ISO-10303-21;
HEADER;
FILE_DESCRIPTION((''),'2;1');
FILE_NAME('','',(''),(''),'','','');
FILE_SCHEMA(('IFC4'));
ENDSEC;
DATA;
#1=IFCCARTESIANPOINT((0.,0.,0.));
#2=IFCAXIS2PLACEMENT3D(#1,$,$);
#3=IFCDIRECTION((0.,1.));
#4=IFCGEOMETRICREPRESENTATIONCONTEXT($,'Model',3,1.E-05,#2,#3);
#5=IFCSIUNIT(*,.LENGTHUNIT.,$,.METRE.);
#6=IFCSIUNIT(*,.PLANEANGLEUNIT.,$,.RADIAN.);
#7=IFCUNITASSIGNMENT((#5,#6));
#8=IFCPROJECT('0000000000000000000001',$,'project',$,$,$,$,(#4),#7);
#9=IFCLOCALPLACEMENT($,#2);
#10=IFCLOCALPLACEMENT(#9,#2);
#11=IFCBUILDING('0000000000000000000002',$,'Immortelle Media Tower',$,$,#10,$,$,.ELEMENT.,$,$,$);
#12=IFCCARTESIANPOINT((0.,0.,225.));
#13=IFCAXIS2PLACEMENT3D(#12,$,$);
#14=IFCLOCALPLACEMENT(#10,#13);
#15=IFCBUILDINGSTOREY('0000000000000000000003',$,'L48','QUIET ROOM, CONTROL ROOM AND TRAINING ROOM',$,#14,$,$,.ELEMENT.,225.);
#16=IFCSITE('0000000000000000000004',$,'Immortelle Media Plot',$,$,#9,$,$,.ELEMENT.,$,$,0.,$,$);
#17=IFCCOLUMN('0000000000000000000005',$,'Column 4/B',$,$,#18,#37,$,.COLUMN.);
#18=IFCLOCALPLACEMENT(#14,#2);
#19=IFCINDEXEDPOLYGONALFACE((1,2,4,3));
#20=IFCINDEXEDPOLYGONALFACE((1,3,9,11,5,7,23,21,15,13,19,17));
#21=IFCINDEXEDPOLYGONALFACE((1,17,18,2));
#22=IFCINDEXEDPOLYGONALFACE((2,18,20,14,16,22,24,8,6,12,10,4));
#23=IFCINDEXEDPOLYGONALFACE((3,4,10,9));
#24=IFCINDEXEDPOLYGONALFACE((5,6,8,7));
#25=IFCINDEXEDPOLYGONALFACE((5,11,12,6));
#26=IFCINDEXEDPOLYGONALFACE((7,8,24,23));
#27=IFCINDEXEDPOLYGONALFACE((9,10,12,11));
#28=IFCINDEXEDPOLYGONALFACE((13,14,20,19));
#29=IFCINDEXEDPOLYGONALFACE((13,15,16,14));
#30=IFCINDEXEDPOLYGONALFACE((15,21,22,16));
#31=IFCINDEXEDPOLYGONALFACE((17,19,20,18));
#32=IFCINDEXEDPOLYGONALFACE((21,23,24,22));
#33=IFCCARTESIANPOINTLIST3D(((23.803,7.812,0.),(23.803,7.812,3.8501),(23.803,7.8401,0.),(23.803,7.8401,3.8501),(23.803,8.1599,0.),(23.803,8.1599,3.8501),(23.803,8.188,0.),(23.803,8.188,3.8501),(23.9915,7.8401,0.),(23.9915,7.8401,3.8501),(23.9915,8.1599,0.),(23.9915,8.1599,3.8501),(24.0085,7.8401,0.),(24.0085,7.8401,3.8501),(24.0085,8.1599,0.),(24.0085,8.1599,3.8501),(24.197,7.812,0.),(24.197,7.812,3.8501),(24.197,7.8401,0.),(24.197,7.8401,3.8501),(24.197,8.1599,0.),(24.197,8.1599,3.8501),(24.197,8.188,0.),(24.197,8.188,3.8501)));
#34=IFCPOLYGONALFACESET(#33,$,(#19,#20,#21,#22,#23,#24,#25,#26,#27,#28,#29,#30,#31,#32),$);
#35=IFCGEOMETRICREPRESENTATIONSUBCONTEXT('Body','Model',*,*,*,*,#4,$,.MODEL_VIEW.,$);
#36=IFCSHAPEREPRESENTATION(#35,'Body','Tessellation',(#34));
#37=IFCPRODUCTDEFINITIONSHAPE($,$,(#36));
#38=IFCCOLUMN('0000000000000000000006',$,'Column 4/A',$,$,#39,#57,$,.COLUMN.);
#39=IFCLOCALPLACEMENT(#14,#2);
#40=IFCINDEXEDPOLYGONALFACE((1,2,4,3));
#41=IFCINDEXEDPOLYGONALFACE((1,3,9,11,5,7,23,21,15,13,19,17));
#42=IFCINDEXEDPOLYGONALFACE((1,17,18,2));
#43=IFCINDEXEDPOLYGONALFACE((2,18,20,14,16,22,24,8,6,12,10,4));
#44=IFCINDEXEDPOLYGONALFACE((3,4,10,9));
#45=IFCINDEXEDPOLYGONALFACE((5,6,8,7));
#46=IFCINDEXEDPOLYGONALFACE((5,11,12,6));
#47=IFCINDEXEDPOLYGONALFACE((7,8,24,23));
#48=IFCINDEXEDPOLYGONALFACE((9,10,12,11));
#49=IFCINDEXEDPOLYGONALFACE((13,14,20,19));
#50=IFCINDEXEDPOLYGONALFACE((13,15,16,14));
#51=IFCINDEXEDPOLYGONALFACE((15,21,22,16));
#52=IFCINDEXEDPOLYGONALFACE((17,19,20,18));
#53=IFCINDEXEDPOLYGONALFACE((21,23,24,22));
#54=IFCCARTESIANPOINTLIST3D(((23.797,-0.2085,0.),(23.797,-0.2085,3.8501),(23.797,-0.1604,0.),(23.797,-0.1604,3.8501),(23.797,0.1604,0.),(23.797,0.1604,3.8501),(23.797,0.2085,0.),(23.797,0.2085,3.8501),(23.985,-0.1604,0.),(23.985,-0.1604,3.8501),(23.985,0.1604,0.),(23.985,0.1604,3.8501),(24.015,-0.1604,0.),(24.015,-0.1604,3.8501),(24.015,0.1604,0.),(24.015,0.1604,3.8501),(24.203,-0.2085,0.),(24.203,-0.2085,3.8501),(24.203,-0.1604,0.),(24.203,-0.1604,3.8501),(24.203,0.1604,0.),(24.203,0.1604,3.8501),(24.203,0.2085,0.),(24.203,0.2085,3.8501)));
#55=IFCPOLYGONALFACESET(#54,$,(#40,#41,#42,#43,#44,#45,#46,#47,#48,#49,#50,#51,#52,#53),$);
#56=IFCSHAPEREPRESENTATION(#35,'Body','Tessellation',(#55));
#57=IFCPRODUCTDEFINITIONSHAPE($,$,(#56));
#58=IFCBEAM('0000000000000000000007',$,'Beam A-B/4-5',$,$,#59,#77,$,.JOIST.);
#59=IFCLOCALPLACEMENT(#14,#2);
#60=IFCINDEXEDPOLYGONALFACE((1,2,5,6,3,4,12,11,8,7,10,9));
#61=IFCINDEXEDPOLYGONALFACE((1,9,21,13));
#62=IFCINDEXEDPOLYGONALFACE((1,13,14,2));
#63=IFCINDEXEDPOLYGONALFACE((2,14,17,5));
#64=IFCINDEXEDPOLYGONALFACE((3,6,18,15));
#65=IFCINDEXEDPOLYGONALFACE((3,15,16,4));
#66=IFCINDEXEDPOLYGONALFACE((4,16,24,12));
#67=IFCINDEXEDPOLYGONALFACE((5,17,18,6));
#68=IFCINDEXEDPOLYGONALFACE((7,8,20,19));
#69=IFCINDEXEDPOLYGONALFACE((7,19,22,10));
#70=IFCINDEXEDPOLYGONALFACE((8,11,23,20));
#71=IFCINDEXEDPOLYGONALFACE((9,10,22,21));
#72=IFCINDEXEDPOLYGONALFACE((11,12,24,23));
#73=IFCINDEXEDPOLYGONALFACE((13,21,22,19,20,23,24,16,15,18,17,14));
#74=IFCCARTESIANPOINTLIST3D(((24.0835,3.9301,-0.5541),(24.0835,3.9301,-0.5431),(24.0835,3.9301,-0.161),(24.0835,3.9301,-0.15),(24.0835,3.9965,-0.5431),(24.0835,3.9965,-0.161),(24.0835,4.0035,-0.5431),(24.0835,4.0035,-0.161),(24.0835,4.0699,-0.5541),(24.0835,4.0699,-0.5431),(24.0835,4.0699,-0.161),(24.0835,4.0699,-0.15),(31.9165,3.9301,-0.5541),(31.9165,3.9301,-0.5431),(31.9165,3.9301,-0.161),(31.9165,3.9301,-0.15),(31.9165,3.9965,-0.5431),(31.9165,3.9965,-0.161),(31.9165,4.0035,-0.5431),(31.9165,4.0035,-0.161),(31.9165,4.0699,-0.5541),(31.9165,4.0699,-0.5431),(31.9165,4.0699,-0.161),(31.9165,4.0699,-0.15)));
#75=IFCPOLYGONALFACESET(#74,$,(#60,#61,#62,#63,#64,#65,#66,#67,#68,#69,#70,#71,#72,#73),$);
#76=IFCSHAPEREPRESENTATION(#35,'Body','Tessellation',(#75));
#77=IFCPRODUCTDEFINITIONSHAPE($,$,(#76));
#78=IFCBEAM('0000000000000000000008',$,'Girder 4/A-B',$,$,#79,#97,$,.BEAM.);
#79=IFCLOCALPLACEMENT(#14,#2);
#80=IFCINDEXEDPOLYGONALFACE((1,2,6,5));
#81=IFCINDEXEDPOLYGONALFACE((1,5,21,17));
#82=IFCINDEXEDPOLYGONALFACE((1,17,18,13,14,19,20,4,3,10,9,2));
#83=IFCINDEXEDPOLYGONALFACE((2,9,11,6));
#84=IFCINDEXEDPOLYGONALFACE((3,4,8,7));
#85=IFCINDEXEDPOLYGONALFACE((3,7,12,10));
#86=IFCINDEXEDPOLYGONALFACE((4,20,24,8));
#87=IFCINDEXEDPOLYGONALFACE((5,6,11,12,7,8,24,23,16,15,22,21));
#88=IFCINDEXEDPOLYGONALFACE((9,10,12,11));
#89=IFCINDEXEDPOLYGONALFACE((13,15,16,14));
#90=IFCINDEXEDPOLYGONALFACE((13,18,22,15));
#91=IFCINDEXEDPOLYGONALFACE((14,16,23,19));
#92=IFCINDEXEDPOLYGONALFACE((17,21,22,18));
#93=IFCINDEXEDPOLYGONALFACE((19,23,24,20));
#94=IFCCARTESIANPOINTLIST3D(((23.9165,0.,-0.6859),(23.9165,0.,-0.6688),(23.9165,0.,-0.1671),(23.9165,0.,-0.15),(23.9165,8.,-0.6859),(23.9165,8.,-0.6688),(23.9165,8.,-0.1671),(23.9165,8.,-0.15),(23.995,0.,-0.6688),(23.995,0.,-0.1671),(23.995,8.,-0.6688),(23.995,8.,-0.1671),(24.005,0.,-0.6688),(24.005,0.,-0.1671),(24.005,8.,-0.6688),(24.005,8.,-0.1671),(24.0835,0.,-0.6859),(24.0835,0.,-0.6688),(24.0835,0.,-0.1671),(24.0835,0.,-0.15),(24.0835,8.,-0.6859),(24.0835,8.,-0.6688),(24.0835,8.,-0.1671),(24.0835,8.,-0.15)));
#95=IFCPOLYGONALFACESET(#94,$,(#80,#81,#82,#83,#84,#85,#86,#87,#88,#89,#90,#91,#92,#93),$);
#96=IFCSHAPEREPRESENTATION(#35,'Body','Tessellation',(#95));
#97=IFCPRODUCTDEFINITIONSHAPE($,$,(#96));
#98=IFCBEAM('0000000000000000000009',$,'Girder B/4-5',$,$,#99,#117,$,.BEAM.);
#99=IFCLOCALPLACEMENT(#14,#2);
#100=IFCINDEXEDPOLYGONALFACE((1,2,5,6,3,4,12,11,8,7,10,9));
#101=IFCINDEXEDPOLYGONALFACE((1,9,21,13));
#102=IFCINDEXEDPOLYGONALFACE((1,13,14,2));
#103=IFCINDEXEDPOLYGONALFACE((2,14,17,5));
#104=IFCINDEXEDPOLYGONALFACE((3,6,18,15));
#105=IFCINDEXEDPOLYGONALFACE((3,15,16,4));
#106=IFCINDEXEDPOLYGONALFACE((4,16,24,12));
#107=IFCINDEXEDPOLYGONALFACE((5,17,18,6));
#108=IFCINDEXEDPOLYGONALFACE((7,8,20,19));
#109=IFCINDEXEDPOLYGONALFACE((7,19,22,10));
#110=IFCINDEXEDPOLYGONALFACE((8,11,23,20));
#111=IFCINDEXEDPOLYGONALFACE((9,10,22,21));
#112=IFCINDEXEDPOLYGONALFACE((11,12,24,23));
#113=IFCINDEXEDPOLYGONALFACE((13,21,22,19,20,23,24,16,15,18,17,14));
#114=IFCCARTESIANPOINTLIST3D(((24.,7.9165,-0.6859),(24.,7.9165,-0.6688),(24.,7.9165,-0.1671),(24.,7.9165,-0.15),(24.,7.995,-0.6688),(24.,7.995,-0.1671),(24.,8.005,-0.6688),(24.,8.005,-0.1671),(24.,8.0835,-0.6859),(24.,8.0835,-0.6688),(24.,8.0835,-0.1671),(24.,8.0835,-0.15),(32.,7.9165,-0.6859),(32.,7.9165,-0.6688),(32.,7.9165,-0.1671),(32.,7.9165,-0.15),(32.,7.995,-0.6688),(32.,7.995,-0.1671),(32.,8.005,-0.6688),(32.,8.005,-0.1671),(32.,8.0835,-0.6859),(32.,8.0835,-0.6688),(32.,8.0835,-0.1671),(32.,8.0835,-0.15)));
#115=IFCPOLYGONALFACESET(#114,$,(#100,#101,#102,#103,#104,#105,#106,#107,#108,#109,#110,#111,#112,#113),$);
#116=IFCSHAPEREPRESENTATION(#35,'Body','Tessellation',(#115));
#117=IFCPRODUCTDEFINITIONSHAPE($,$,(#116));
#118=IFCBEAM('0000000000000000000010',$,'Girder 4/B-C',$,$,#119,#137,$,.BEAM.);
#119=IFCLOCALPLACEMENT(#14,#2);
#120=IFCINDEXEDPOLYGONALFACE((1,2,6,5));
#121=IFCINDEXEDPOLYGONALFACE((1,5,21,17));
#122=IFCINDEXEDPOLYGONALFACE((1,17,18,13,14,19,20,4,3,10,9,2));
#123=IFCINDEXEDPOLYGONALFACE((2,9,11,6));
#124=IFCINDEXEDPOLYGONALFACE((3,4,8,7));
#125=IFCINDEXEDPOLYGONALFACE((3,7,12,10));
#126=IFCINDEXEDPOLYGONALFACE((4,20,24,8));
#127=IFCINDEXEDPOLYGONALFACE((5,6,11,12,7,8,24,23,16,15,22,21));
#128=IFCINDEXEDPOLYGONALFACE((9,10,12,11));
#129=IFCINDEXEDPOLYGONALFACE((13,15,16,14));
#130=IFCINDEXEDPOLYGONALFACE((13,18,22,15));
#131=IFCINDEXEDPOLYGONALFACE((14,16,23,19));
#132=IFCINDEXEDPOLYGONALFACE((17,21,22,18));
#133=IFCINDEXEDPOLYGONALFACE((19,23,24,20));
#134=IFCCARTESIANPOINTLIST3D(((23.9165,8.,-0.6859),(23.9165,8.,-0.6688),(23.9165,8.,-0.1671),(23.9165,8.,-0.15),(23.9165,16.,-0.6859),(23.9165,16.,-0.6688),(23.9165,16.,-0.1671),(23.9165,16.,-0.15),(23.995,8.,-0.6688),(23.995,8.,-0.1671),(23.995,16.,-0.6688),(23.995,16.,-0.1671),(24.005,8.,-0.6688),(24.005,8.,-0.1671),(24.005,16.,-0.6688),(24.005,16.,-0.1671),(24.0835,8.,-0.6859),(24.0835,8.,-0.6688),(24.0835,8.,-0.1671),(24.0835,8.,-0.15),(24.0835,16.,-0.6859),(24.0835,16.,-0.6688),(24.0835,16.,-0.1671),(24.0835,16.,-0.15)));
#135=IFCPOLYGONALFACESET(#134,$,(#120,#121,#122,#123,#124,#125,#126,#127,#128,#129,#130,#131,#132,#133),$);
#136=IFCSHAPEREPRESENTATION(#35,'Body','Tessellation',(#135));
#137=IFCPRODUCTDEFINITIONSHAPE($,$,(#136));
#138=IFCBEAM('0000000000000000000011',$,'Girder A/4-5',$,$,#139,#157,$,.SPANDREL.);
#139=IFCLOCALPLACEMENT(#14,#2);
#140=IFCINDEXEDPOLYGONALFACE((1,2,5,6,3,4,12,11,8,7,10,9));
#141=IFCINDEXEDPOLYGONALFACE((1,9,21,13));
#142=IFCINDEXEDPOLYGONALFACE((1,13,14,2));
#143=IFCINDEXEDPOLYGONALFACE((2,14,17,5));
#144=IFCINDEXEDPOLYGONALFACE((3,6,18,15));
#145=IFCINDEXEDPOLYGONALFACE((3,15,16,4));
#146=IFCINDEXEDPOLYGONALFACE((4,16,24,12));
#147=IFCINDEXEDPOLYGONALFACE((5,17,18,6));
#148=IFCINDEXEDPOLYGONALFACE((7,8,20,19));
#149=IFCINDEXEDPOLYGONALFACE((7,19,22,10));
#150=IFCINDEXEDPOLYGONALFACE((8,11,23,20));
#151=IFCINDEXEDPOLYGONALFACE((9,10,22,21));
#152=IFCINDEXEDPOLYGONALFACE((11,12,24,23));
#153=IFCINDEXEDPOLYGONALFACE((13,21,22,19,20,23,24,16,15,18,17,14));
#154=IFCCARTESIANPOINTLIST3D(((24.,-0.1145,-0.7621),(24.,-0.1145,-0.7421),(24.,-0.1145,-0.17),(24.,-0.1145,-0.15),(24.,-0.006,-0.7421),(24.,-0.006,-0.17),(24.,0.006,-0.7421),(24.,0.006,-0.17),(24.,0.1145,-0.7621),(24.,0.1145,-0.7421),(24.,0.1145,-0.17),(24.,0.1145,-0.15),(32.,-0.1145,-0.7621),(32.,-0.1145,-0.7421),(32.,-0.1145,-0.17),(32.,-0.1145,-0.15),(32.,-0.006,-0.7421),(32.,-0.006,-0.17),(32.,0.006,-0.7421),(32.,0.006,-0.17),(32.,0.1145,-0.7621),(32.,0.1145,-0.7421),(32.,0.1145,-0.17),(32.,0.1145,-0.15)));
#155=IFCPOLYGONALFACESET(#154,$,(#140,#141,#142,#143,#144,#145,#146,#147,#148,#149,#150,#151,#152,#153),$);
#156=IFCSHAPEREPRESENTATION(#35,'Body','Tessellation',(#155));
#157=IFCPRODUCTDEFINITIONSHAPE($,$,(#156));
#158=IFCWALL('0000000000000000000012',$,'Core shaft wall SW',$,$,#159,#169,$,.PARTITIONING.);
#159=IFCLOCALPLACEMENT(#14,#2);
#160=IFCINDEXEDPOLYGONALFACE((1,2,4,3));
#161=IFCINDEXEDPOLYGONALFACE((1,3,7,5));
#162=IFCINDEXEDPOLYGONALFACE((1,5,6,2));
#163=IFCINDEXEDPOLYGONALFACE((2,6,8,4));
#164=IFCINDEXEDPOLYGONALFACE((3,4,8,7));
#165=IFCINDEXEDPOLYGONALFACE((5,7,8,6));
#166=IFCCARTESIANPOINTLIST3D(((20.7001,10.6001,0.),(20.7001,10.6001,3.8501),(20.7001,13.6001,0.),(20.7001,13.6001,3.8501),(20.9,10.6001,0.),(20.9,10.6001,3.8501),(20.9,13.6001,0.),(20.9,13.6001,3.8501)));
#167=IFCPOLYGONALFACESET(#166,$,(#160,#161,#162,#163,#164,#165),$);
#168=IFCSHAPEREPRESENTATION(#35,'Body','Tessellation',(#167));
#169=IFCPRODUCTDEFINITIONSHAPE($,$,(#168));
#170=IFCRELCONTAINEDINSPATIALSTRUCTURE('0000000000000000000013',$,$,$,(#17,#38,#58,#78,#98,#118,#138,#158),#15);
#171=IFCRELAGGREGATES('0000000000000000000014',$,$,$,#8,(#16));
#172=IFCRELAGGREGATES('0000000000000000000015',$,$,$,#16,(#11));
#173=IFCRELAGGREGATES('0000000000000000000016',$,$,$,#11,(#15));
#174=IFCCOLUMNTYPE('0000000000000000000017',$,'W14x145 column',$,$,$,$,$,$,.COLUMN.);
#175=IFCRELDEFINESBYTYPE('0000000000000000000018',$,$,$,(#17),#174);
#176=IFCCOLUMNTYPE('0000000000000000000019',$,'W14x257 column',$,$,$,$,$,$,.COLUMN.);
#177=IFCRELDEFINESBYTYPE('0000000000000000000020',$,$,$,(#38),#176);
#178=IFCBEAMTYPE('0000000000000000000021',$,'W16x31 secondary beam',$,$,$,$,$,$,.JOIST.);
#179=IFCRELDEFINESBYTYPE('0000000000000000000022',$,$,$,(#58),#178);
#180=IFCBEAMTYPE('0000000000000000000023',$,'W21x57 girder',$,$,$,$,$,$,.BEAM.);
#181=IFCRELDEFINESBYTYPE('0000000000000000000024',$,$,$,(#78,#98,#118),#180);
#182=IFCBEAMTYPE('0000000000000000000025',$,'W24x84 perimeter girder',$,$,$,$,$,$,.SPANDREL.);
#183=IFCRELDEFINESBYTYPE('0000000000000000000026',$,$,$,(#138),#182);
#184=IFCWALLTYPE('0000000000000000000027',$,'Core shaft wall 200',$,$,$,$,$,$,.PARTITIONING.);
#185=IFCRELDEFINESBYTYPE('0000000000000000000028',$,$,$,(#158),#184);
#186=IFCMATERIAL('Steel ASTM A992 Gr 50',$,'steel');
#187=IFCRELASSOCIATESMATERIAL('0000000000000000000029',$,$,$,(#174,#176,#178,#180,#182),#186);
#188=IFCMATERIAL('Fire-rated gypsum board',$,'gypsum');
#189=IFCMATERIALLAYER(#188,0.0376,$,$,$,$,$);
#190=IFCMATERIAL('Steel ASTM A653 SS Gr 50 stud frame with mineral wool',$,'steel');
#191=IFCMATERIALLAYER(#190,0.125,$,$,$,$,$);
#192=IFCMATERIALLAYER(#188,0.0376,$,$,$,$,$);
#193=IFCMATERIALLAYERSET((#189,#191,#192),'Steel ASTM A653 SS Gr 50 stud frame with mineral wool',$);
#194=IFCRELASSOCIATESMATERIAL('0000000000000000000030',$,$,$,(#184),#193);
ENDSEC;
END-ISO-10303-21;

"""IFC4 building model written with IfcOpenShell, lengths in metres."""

from ifc_helpers import new_model, si_unit, direction, frame, frame_2d, origin, origin_2d, place, context, subcontext, project, spatial, rectangle, i_section, extrude, material, layer, layer_set, material_profile, profile_set, type_object, element, save


model = new_model("IFC4")

# Units and contexts
model_context = context("Model", 3, precision=1e-05, world=origin(), true_north=direction((0.0, 1.0)))
body_context = subcontext(model_context, "Body", "Model", "MODEL_VIEW")
ifc_project = project(units=[si_unit("LENGTHUNIT", "METRE"), si_unit("PLANEANGLEUNIT", "RADIAN")], contexts=[model_context])

# Site, building, storey
site_placement = place(None, origin())
site = spatial("IfcSite", under=ifc_project, at=site_placement, Name="Immortelle Media Plot", CompositionType="ELEMENT", RefElevation=0.0)
building_placement = place(site_placement, origin())
building = spatial("IfcBuilding", under=site, at=building_placement, Name="Immortelle Media Tower", CompositionType="ELEMENT")
storey_placement = place(building_placement, frame((0.0, 0.0, 225.0)))
storey = spatial("IfcBuildingStorey", under=building, at=storey_placement, Name="L48", Description="QUIET ROOM, CONTROL ROOM AND TRAINING ROOM", CompositionType="ELEMENT", Elevation=225.0)

# Columns
ifc_material_1 = material(Name="Steel ASTM A992 Gr 50", Category="steel")
ifc_material_profile_1 = material_profile(ifc_material_1, i_section(OverallWidth=0.394, OverallDepth=0.376, WebThickness=0.0171, FlangeThickness=0.0281, at=origin_2d()), Name="W14x145")
ifc_profile_set_1 = profile_set([ifc_material_profile_1], Name="Steel ASTM A992 Gr 50")
column_type_1 = type_object("IfcColumnType", Name="W14x145 column", PredefinedType="COLUMN", material=ifc_profile_set_1)
column_1_placement = place(storey_placement, frame((24.0, 8.0, 0.0), z_axis=(0.0, 0.0, 1.0), x_axis=(1.0, 0.0, 0.0)))
element("IfcColumn", 1, at=column_1_placement, inside=storey, type_object=column_type_1, Name="Column 4/B", PredefinedType="COLUMN", context=body_context, shape_type="SweptSolid", body=[
    extrude(i_section(OverallWidth=0.394, OverallDepth=0.376, WebThickness=0.0171, FlangeThickness=0.0281, at=origin_2d()), origin(), (0.0, 0.0, 1.0), 3.8501),
])
ifc_material_profile_2 = material_profile(ifc_material_1, i_section(OverallWidth=0.406, OverallDepth=0.417, WebThickness=0.03, FlangeThickness=0.0481, at=origin_2d()), Name="W14x257")
ifc_profile_set_2 = profile_set([ifc_material_profile_2], Name="Steel ASTM A992 Gr 50")
column_type_2 = type_object("IfcColumnType", Name="W14x257 column", PredefinedType="COLUMN", material=ifc_profile_set_2)
column_2_placement = place(storey_placement, frame((24.0, 0.0, 0.0), z_axis=(0.0, 0.0, 1.0), x_axis=(1.0, 0.0, 0.0)))
element("IfcColumn", 2, at=column_2_placement, inside=storey, type_object=column_type_2, Name="Column 4/A", PredefinedType="COLUMN", context=body_context, shape_type="SweptSolid", body=[
    extrude(i_section(OverallWidth=0.406, OverallDepth=0.417, WebThickness=0.03, FlangeThickness=0.0481, at=origin_2d()), origin(), (0.0, 0.0, 1.0), 3.8501),
])

# Beams
ifc_material_profile_3 = material_profile(ifc_material_1, i_section(OverallWidth=0.1399, OverallDepth=0.4041, WebThickness=0.0071, FlangeThickness=0.011, at=origin_2d()), Name="W16x31")
ifc_profile_set_3 = profile_set([ifc_material_profile_3], Name="Steel ASTM A992 Gr 50")
beam_type_1 = type_object("IfcBeamType", Name="W16x31 secondary beam", PredefinedType="JOIST", material=ifc_profile_set_3)
beam_1_placement = place(storey_placement, frame((24.0835, 4.0, -0.3521), z_axis=(1.0, 0.0, 0.0), x_axis=(0.0, 1.0, 0.0)))
element("IfcBeam", 3, at=beam_1_placement, inside=storey, type_object=beam_type_1, Name="Beam A-B/4-5", PredefinedType="JOIST", context=body_context, shape_type="SweptSolid", body=[
    extrude(i_section(OverallWidth=0.1399, OverallDepth=0.4041, WebThickness=0.0071, FlangeThickness=0.011, at=origin_2d()), origin(), (0.0, 0.0, 1.0), 7.833),
])
ifc_material_profile_4 = material_profile(ifc_material_1, i_section(OverallWidth=0.167, OverallDepth=0.5359, WebThickness=0.01, FlangeThickness=0.0171, at=origin_2d()), Name="W21x57")
ifc_profile_set_4 = profile_set([ifc_material_profile_4], Name="Steel ASTM A992 Gr 50")
beam_type_2 = type_object("IfcBeamType", Name="W21x57 girder", PredefinedType="BEAM", material=ifc_profile_set_4)
for number, where, z_axis, x_axis, name in (
    (4, (24.0, 0.0, -0.418), (0.0, 1.0, 0.0), (-1.0, 0.0, 0.0), "Girder 4/A-B"),
    (5, (24.0, 8.0, -0.418), (1.0, 0.0, 0.0), (0.0, 1.0, 0.0), "Girder B/4-5"),
    (6, (24.0, 8.0, -0.418), (0.0, 1.0, 0.0), (-1.0, 0.0, 0.0), "Girder 4/B-C"),
):
    element("IfcBeam", number, at=place(storey_placement, frame(where, z_axis=z_axis, x_axis=x_axis)), inside=storey, type_object=beam_type_2, Name=name, PredefinedType="BEAM", context=body_context, shape_type="SweptSolid", body=[
        extrude(i_section(OverallWidth=0.167, OverallDepth=0.5359, WebThickness=0.01, FlangeThickness=0.0171, at=origin_2d()), origin(), (0.0, 0.0, 1.0), 8.0),
    ])
ifc_material_profile_5 = material_profile(ifc_material_1, i_section(OverallWidth=0.229, OverallDepth=0.6121, WebThickness=0.012, FlangeThickness=0.02, at=origin_2d()), Name="W24x84")
ifc_profile_set_5 = profile_set([ifc_material_profile_5], Name="Steel ASTM A992 Gr 50")
beam_type_3 = type_object("IfcBeamType", Name="W24x84 perimeter girder", PredefinedType="SPANDREL", material=ifc_profile_set_5)
beam_2_placement = place(storey_placement, frame((24.0, 0.0, -0.4561), z_axis=(1.0, 0.0, 0.0), x_axis=(0.0, 1.0, 0.0)))
element("IfcBeam", 7, at=beam_2_placement, inside=storey, type_object=beam_type_3, Name="Girder A/4-5", PredefinedType="SPANDREL", context=body_context, shape_type="SweptSolid", body=[
    extrude(i_section(OverallWidth=0.229, OverallDepth=0.6121, WebThickness=0.012, FlangeThickness=0.02, at=origin_2d()), origin(), (0.0, 0.0, 1.0), 8.0),
])

# Wall
ifc_material_2 = material(Name="Fire-rated gypsum board", Category="gypsum")
ifc_layer_1 = layer(ifc_material_2, 0.0376)
ifc_material_3 = material(Name="Steel ASTM A653 SS Gr 50 stud frame with mineral wool", Category="steel")
ifc_layer_2 = layer(ifc_material_3, 0.125)
ifc_layer_3 = layer(ifc_material_2, 0.0376)
ifc_layer_set_1 = layer_set([ifc_layer_1, ifc_layer_2, ifc_layer_3], Name="Steel ASTM A653 SS Gr 50 stud frame with mineral wool")
wall_type_1 = type_object("IfcWallType", Name="Core shaft wall 200", PredefinedType="PARTITIONING", material=ifc_layer_set_1)
wall_1_placement = place(storey_placement, frame((20.8, 10.6001, 0.0), z_axis=(0.0, 0.0, 1.0), x_axis=(0.0, 1.0, 0.0)))
element("IfcWall", 8, at=wall_1_placement, inside=storey, type_object=wall_type_1, Name="Core shaft wall SW", PredefinedType="PARTITIONING", context=body_context, shape_type="SweptSolid", body=[
    extrude(rectangle(XDim=3.0, YDim=0.2, at=frame_2d((1.5, 0.0))), origin(), (0.0, 0.0, 1.0), 3.8501),
])

save(model, "model.ifc")
